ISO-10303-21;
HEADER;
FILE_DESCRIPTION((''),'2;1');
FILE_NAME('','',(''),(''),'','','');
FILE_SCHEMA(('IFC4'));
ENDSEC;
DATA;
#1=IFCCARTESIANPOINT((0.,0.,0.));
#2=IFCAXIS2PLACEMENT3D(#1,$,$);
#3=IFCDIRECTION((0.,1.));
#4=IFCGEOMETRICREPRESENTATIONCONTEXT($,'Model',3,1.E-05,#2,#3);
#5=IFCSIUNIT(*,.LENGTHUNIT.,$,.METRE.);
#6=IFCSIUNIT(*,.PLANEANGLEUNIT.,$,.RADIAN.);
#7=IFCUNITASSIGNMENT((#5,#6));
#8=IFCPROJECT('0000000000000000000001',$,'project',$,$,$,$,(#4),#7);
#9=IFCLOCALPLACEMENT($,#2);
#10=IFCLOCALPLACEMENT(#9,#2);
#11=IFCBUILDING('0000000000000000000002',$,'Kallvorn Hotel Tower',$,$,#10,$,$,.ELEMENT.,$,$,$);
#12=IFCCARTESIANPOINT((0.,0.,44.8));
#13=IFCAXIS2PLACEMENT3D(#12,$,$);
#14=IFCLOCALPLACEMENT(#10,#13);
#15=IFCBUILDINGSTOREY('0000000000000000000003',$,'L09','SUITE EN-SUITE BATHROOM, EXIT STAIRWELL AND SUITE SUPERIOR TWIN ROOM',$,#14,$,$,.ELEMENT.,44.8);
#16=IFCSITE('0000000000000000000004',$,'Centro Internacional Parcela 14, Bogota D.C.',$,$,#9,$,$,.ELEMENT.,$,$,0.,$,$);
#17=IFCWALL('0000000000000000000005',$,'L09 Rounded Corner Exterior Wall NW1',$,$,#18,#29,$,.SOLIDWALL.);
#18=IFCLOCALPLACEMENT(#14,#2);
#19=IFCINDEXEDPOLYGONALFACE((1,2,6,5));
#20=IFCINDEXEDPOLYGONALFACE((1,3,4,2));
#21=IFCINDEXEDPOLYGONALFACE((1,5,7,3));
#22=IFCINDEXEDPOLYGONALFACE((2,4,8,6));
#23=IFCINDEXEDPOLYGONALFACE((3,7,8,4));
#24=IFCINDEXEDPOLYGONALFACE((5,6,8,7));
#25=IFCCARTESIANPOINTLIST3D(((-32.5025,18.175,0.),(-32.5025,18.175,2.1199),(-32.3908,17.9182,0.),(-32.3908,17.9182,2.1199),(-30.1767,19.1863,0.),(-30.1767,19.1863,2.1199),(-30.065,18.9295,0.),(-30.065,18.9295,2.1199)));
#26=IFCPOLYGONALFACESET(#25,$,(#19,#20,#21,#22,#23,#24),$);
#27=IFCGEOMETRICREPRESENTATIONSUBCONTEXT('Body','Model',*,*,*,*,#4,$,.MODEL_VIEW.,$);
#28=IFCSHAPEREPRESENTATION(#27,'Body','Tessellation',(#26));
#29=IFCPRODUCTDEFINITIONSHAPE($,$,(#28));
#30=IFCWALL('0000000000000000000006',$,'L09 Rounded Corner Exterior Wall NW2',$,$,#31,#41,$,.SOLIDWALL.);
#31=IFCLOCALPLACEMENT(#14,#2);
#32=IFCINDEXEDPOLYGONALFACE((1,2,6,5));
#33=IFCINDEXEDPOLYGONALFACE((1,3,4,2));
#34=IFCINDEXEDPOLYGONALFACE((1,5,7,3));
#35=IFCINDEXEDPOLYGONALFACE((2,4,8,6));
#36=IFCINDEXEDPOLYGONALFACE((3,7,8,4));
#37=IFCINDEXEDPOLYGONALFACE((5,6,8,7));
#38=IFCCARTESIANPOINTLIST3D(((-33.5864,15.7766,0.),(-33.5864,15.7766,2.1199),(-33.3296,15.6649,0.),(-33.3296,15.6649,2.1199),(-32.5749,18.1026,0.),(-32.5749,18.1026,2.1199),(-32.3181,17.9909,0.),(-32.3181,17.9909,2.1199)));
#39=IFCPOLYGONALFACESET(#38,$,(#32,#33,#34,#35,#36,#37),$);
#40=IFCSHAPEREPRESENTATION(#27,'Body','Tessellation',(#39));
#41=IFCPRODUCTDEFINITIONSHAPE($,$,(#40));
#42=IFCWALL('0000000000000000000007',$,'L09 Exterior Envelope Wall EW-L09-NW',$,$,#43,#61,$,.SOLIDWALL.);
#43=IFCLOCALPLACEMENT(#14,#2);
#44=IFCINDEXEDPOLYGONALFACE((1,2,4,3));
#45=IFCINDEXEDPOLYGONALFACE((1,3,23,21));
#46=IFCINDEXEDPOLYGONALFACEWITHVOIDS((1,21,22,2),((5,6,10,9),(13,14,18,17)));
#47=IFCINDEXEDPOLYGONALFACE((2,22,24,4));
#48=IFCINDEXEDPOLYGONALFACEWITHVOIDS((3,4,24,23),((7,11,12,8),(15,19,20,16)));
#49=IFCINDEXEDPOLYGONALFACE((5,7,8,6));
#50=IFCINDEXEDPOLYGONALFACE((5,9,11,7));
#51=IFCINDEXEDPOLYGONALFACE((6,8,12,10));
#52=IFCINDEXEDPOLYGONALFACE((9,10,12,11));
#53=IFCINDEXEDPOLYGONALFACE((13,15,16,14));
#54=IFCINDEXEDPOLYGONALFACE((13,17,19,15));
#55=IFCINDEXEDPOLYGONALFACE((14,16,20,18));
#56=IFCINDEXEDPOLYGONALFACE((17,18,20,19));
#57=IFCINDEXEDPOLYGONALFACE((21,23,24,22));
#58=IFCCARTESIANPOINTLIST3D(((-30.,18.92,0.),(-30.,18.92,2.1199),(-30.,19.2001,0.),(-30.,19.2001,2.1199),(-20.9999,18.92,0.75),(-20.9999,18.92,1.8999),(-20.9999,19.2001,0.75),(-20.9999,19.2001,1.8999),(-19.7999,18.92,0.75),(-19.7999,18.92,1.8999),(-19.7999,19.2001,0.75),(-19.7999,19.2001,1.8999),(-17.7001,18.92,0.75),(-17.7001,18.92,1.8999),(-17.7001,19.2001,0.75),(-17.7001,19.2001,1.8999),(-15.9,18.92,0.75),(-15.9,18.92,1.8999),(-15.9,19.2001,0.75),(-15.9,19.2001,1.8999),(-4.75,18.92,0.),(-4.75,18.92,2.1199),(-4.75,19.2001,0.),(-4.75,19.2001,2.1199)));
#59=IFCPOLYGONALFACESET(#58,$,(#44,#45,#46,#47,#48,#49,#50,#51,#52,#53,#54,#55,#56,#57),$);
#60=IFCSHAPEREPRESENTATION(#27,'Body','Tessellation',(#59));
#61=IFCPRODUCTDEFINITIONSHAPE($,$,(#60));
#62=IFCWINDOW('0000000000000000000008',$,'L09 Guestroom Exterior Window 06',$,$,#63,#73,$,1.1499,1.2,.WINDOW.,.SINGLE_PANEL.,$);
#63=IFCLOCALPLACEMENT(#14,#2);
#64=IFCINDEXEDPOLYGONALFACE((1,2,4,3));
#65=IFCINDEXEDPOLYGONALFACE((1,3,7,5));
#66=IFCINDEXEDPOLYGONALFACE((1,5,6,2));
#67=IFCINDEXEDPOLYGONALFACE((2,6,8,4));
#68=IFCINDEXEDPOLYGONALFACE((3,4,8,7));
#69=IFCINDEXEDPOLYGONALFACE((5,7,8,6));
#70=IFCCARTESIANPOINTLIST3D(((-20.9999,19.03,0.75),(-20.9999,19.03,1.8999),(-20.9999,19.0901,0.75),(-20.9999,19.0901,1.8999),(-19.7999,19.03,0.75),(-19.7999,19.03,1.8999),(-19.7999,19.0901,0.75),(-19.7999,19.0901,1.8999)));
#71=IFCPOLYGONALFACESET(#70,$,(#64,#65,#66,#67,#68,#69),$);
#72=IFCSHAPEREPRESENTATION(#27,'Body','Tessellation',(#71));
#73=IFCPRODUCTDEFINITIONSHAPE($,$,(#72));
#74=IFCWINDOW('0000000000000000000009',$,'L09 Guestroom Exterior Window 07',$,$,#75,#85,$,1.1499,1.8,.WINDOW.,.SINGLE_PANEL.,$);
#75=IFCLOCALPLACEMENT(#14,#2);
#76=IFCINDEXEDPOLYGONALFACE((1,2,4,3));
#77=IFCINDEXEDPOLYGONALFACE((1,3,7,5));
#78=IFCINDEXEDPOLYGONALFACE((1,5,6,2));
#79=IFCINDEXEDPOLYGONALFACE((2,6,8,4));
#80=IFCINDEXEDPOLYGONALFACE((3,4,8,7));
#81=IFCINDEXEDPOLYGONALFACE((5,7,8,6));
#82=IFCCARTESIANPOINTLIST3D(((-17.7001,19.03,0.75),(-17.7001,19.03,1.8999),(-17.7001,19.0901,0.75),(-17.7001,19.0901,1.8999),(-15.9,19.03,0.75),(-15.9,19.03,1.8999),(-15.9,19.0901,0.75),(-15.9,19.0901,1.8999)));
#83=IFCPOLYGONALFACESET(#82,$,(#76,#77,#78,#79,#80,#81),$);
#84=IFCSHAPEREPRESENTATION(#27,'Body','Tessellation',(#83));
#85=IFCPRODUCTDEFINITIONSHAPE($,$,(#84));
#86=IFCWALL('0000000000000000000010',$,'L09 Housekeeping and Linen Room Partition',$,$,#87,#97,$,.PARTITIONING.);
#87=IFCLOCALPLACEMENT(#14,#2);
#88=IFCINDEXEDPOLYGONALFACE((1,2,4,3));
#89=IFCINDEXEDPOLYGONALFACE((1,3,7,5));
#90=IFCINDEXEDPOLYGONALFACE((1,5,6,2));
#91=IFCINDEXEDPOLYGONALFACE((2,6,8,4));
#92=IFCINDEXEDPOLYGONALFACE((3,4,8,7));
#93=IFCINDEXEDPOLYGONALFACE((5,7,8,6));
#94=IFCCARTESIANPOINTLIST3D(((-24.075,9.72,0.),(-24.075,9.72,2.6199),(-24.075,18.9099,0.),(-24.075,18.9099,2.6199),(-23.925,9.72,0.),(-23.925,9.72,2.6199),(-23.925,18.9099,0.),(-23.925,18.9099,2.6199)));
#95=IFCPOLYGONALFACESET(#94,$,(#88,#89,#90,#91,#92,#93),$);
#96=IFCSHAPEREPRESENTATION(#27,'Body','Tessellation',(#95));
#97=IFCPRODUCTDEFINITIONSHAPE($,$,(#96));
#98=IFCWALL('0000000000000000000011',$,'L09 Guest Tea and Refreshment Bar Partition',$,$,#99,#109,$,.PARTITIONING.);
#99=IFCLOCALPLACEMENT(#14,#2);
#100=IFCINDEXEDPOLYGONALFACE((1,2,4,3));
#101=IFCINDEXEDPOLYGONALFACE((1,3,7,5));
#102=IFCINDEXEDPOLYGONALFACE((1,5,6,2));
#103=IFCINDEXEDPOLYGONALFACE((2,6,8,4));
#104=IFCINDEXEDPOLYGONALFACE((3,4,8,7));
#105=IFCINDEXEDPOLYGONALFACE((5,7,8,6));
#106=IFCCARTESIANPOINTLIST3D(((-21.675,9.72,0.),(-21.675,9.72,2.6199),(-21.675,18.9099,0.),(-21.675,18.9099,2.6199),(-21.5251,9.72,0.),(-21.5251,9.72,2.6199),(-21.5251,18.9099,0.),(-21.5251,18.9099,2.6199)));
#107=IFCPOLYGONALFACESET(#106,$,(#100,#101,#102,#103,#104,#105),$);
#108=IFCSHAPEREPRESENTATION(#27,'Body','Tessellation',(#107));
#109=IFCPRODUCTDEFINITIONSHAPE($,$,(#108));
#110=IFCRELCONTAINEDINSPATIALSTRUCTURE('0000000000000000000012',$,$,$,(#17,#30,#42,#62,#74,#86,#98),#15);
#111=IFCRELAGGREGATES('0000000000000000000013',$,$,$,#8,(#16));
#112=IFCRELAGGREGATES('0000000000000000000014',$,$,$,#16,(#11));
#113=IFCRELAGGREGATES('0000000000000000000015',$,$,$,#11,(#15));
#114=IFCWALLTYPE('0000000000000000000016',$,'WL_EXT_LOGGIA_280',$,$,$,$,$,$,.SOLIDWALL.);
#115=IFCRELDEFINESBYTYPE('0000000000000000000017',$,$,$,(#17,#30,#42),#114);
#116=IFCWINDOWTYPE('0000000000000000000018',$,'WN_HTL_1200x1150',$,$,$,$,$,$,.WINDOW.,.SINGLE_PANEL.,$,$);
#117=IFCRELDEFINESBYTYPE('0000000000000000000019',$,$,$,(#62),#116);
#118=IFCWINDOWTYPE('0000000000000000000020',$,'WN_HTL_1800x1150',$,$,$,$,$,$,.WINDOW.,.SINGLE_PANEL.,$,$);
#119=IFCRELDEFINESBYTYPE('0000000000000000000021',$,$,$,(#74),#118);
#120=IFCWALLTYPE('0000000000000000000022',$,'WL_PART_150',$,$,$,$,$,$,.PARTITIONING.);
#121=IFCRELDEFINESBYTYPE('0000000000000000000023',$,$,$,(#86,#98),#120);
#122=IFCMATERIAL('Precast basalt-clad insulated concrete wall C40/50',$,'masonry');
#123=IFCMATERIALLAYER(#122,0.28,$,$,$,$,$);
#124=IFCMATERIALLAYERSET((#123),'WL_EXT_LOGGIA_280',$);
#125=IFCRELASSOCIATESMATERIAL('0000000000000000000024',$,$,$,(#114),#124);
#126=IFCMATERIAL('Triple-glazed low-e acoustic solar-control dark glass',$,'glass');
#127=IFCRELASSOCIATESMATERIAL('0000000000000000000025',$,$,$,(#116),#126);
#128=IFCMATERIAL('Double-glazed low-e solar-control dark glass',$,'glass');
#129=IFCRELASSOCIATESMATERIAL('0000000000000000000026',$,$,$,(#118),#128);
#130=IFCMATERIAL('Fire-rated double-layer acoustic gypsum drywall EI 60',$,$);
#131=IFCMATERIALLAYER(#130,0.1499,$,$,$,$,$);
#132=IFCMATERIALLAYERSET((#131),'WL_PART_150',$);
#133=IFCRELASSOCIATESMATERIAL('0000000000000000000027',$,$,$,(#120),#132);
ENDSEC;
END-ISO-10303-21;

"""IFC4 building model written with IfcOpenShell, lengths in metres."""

from ifc_helpers import new_model, si_unit, direction, frame, frame_2d, origin, place, context, subcontext, project, spatial, rectangle, extrude, material, layer, layer_set, type_object, element, fill, save


model = new_model("IFC4")

# Units and contexts
model_context = context("Model", 3, precision=1e-05, world=origin(), true_north=direction((0.0, 1.0)))
body_context = subcontext(model_context, "Body", "Model", "MODEL_VIEW")
ifc_project = project(units=[si_unit("LENGTHUNIT", "METRE"), si_unit("PLANEANGLEUNIT", "RADIAN")], contexts=[model_context])

# Site, building, storey
site_placement = place(None, origin())
site = spatial("IfcSite", under=ifc_project, at=site_placement, Name="Centro Internacional Parcela 14, Bogota D.C.", CompositionType="ELEMENT", RefElevation=0.0)
building_placement = place(site_placement, origin())
building = spatial("IfcBuilding", under=site, at=building_placement, Name="Kallvorn Hotel Tower", CompositionType="ELEMENT")
storey_placement = place(building_placement, frame((0.0, 0.0, 44.8)))
storey = spatial("IfcBuildingStorey", under=building, at=storey_placement, Name="L09", Description="SUITE EN-SUITE BATHROOM, EXIT STAIRWELL AND SUITE SUPERIOR TWIN ROOM", CompositionType="ELEMENT", Elevation=44.8)

# Walls
ifc_material_1 = material(Name="Precast basalt-clad insulated concrete wall C40/50", Category="masonry")
ifc_layer_1 = layer(ifc_material_1, 0.28)
ifc_layer_set_1 = layer_set([ifc_layer_1], Name="WL_EXT_LOGGIA_280")
wall_type_1 = type_object("IfcWallType", Name="WL_EXT_LOGGIA_280", PredefinedType="SOLIDWALL", material=ifc_layer_set_1)
wall_1_placement = place(storey_placement, frame((-30.1208, 19.0579, 0.0), z_axis=(0.0, 0.0, 1.0), x_axis=(-0.917061, -0.398747, 0.0)))
element("IfcWall", 1, at=wall_1_placement, inside=storey, type_object=wall_type_1, Name="L09 Rounded Corner Exterior Wall NW1", PredefinedType="SOLIDWALL", context=body_context, shape_type="SweptSolid", body=[
    extrude(rectangle(XDim=2.5361, YDim=0.28, at=frame_2d((1.2681, 0.0))), origin(), (0.0, 0.0, 1.0), 2.1199),
])
wall_2_placement = place(storey_placement, frame((-32.4465, 18.0466, 0.0), z_axis=(0.0, 0.0, 1.0), x_axis=(-0.398793, -0.917041, 0.0)))
element("IfcWall", 2, at=wall_2_placement, inside=storey, type_object=wall_type_1, Name="L09 Rounded Corner Exterior Wall NW2", PredefinedType="SOLIDWALL", context=body_context, shape_type="SweptSolid", body=[
    extrude(rectangle(XDim=2.5364, YDim=0.28, at=frame_2d((1.2681, 0.0))), origin(), (0.0, 0.0, 1.0), 2.1199),
])

# Wall, openings, windows
wall_3_placement = place(storey_placement, frame((-30.0, 19.0601, 0.0), z_axis=(0.0, 0.0, 1.0), x_axis=(1.0, 0.0, 0.0)))
wall_3 = element("IfcWall", 3, at=wall_3_placement, inside=storey, type_object=wall_type_1, Name="L09 Exterior Envelope Wall EW-L09-NW", PredefinedType="SOLIDWALL", context=body_context, shape_type="SweptSolid", body=[
    extrude(rectangle(XDim=25.25, YDim=0.28, at=frame_2d((12.625, 0.0))), origin(), (0.0, 0.0, 1.0), 2.1199),
])
opening_1_placement = place(wall_3_placement, frame((9.0, 0.0, 0.75)))
opening_1 = element("IfcOpeningElement", 4, at=opening_1_placement, cuts=wall_3, PredefinedType="OPENING", context=body_context, shape_type="SweptSolid", body=[
    extrude(rectangle(XDim=1.2, YDim=1.1499, at=frame_2d((0.6001, 0.575))), frame((0.0, 0.155, 0.0), z_axis=(0.0, -1.0, 0.0), x_axis=(1.0, 0.0, 0.0)), (0.0, 0.0, 1.0), 0.3101),
])
opening_2_placement = place(wall_3_placement, frame((12.3, 0.0, 0.75)))
opening_2 = element("IfcOpeningElement", 5, at=opening_2_placement, cuts=wall_3, PredefinedType="OPENING", context=body_context, shape_type="SweptSolid", body=[
    extrude(rectangle(XDim=1.8, YDim=1.1499, at=frame_2d((0.8999, 0.575))), frame((0.0, 0.155, 0.0), z_axis=(0.0, -1.0, 0.0), x_axis=(1.0, 0.0, 0.0)), (0.0, 0.0, 1.0), 0.3101),
])
ifc_material_2 = material(Name="Triple-glazed low-e acoustic solar-control dark glass", Category="glass")
window_type_1 = type_object("IfcWindowType", Name="WN_HTL_1200x1150", PartitioningType="SINGLE_PANEL", PredefinedType="WINDOW", material=ifc_material_2)
window_1_placement = place(opening_1_placement, origin())
window_1 = element("IfcWindow", 6, at=window_1_placement, inside=storey, type_object=window_type_1, Name="L09 Guestroom Exterior Window 06", OverallHeight=1.1499, OverallWidth=1.2, PartitioningType="SINGLE_PANEL", PredefinedType="WINDOW", context=body_context, shape_type="SweptSolid", body=[
    extrude(rectangle(XDim=1.2, YDim=1.1499, at=frame_2d((0.6001, 0.575))), frame((0.0, 0.03, 0.0), z_axis=(0.0, -1.0, 0.0), x_axis=(1.0, 0.0, 0.0)), (0.0, 0.0, 1.0), 0.0601),
])
fill(opening_1, window_1)
ifc_material_3 = material(Name="Double-glazed low-e solar-control dark glass", Category="glass")
window_type_2 = type_object("IfcWindowType", Name="WN_HTL_1800x1150", PartitioningType="SINGLE_PANEL", PredefinedType="WINDOW", material=ifc_material_3)
window_2_placement = place(opening_2_placement, origin())
window_2 = element("IfcWindow", 7, at=window_2_placement, inside=storey, type_object=window_type_2, Name="L09 Guestroom Exterior Window 07", OverallHeight=1.1499, OverallWidth=1.8, PartitioningType="SINGLE_PANEL", PredefinedType="WINDOW", context=body_context, shape_type="SweptSolid", body=[
    extrude(rectangle(XDim=1.8, YDim=1.1499, at=frame_2d((0.8999, 0.575))), frame((0.0, 0.03, 0.0), z_axis=(0.0, -1.0, 0.0), x_axis=(1.0, 0.0, 0.0)), (0.0, 0.0, 1.0), 0.0601),
])
fill(opening_2, window_2)

# Walls
ifc_material_4 = material(Name="Fire-rated double-layer acoustic gypsum drywall EI 60")
ifc_layer_2 = layer(ifc_material_4, 0.1499)
ifc_layer_set_2 = layer_set([ifc_layer_2], Name="WL_PART_150")
wall_type_2 = type_object("IfcWallType", Name="WL_PART_150", PredefinedType="PARTITIONING", material=ifc_layer_set_2)
for number, where, z_axis, x_axis, name in (
    (8, (-24.0, 9.72, 0.0), (0.0, 0.0, 1.0), (0.0, 1.0, 0.0), "L09 Housekeeping and Linen Room Partition"),
    (9, (-21.6001, 9.72, 0.0), (0.0, 0.0, 1.0), (0.0, 1.0, 0.0), "L09 Guest Tea and Refreshment Bar Partition"),
):
    element("IfcWall", number, at=place(storey_placement, frame(where, z_axis=z_axis, x_axis=x_axis)), inside=storey, type_object=wall_type_2, Name=name, PredefinedType="PARTITIONING", context=body_context, shape_type="SweptSolid", body=[
        extrude(rectangle(XDim=9.1899, YDim=0.1499, at=frame_2d((4.595, 0.0))), origin(), (0.0, 0.0, 1.0), 2.6199),
    ])

save(model, "model.ifc")
